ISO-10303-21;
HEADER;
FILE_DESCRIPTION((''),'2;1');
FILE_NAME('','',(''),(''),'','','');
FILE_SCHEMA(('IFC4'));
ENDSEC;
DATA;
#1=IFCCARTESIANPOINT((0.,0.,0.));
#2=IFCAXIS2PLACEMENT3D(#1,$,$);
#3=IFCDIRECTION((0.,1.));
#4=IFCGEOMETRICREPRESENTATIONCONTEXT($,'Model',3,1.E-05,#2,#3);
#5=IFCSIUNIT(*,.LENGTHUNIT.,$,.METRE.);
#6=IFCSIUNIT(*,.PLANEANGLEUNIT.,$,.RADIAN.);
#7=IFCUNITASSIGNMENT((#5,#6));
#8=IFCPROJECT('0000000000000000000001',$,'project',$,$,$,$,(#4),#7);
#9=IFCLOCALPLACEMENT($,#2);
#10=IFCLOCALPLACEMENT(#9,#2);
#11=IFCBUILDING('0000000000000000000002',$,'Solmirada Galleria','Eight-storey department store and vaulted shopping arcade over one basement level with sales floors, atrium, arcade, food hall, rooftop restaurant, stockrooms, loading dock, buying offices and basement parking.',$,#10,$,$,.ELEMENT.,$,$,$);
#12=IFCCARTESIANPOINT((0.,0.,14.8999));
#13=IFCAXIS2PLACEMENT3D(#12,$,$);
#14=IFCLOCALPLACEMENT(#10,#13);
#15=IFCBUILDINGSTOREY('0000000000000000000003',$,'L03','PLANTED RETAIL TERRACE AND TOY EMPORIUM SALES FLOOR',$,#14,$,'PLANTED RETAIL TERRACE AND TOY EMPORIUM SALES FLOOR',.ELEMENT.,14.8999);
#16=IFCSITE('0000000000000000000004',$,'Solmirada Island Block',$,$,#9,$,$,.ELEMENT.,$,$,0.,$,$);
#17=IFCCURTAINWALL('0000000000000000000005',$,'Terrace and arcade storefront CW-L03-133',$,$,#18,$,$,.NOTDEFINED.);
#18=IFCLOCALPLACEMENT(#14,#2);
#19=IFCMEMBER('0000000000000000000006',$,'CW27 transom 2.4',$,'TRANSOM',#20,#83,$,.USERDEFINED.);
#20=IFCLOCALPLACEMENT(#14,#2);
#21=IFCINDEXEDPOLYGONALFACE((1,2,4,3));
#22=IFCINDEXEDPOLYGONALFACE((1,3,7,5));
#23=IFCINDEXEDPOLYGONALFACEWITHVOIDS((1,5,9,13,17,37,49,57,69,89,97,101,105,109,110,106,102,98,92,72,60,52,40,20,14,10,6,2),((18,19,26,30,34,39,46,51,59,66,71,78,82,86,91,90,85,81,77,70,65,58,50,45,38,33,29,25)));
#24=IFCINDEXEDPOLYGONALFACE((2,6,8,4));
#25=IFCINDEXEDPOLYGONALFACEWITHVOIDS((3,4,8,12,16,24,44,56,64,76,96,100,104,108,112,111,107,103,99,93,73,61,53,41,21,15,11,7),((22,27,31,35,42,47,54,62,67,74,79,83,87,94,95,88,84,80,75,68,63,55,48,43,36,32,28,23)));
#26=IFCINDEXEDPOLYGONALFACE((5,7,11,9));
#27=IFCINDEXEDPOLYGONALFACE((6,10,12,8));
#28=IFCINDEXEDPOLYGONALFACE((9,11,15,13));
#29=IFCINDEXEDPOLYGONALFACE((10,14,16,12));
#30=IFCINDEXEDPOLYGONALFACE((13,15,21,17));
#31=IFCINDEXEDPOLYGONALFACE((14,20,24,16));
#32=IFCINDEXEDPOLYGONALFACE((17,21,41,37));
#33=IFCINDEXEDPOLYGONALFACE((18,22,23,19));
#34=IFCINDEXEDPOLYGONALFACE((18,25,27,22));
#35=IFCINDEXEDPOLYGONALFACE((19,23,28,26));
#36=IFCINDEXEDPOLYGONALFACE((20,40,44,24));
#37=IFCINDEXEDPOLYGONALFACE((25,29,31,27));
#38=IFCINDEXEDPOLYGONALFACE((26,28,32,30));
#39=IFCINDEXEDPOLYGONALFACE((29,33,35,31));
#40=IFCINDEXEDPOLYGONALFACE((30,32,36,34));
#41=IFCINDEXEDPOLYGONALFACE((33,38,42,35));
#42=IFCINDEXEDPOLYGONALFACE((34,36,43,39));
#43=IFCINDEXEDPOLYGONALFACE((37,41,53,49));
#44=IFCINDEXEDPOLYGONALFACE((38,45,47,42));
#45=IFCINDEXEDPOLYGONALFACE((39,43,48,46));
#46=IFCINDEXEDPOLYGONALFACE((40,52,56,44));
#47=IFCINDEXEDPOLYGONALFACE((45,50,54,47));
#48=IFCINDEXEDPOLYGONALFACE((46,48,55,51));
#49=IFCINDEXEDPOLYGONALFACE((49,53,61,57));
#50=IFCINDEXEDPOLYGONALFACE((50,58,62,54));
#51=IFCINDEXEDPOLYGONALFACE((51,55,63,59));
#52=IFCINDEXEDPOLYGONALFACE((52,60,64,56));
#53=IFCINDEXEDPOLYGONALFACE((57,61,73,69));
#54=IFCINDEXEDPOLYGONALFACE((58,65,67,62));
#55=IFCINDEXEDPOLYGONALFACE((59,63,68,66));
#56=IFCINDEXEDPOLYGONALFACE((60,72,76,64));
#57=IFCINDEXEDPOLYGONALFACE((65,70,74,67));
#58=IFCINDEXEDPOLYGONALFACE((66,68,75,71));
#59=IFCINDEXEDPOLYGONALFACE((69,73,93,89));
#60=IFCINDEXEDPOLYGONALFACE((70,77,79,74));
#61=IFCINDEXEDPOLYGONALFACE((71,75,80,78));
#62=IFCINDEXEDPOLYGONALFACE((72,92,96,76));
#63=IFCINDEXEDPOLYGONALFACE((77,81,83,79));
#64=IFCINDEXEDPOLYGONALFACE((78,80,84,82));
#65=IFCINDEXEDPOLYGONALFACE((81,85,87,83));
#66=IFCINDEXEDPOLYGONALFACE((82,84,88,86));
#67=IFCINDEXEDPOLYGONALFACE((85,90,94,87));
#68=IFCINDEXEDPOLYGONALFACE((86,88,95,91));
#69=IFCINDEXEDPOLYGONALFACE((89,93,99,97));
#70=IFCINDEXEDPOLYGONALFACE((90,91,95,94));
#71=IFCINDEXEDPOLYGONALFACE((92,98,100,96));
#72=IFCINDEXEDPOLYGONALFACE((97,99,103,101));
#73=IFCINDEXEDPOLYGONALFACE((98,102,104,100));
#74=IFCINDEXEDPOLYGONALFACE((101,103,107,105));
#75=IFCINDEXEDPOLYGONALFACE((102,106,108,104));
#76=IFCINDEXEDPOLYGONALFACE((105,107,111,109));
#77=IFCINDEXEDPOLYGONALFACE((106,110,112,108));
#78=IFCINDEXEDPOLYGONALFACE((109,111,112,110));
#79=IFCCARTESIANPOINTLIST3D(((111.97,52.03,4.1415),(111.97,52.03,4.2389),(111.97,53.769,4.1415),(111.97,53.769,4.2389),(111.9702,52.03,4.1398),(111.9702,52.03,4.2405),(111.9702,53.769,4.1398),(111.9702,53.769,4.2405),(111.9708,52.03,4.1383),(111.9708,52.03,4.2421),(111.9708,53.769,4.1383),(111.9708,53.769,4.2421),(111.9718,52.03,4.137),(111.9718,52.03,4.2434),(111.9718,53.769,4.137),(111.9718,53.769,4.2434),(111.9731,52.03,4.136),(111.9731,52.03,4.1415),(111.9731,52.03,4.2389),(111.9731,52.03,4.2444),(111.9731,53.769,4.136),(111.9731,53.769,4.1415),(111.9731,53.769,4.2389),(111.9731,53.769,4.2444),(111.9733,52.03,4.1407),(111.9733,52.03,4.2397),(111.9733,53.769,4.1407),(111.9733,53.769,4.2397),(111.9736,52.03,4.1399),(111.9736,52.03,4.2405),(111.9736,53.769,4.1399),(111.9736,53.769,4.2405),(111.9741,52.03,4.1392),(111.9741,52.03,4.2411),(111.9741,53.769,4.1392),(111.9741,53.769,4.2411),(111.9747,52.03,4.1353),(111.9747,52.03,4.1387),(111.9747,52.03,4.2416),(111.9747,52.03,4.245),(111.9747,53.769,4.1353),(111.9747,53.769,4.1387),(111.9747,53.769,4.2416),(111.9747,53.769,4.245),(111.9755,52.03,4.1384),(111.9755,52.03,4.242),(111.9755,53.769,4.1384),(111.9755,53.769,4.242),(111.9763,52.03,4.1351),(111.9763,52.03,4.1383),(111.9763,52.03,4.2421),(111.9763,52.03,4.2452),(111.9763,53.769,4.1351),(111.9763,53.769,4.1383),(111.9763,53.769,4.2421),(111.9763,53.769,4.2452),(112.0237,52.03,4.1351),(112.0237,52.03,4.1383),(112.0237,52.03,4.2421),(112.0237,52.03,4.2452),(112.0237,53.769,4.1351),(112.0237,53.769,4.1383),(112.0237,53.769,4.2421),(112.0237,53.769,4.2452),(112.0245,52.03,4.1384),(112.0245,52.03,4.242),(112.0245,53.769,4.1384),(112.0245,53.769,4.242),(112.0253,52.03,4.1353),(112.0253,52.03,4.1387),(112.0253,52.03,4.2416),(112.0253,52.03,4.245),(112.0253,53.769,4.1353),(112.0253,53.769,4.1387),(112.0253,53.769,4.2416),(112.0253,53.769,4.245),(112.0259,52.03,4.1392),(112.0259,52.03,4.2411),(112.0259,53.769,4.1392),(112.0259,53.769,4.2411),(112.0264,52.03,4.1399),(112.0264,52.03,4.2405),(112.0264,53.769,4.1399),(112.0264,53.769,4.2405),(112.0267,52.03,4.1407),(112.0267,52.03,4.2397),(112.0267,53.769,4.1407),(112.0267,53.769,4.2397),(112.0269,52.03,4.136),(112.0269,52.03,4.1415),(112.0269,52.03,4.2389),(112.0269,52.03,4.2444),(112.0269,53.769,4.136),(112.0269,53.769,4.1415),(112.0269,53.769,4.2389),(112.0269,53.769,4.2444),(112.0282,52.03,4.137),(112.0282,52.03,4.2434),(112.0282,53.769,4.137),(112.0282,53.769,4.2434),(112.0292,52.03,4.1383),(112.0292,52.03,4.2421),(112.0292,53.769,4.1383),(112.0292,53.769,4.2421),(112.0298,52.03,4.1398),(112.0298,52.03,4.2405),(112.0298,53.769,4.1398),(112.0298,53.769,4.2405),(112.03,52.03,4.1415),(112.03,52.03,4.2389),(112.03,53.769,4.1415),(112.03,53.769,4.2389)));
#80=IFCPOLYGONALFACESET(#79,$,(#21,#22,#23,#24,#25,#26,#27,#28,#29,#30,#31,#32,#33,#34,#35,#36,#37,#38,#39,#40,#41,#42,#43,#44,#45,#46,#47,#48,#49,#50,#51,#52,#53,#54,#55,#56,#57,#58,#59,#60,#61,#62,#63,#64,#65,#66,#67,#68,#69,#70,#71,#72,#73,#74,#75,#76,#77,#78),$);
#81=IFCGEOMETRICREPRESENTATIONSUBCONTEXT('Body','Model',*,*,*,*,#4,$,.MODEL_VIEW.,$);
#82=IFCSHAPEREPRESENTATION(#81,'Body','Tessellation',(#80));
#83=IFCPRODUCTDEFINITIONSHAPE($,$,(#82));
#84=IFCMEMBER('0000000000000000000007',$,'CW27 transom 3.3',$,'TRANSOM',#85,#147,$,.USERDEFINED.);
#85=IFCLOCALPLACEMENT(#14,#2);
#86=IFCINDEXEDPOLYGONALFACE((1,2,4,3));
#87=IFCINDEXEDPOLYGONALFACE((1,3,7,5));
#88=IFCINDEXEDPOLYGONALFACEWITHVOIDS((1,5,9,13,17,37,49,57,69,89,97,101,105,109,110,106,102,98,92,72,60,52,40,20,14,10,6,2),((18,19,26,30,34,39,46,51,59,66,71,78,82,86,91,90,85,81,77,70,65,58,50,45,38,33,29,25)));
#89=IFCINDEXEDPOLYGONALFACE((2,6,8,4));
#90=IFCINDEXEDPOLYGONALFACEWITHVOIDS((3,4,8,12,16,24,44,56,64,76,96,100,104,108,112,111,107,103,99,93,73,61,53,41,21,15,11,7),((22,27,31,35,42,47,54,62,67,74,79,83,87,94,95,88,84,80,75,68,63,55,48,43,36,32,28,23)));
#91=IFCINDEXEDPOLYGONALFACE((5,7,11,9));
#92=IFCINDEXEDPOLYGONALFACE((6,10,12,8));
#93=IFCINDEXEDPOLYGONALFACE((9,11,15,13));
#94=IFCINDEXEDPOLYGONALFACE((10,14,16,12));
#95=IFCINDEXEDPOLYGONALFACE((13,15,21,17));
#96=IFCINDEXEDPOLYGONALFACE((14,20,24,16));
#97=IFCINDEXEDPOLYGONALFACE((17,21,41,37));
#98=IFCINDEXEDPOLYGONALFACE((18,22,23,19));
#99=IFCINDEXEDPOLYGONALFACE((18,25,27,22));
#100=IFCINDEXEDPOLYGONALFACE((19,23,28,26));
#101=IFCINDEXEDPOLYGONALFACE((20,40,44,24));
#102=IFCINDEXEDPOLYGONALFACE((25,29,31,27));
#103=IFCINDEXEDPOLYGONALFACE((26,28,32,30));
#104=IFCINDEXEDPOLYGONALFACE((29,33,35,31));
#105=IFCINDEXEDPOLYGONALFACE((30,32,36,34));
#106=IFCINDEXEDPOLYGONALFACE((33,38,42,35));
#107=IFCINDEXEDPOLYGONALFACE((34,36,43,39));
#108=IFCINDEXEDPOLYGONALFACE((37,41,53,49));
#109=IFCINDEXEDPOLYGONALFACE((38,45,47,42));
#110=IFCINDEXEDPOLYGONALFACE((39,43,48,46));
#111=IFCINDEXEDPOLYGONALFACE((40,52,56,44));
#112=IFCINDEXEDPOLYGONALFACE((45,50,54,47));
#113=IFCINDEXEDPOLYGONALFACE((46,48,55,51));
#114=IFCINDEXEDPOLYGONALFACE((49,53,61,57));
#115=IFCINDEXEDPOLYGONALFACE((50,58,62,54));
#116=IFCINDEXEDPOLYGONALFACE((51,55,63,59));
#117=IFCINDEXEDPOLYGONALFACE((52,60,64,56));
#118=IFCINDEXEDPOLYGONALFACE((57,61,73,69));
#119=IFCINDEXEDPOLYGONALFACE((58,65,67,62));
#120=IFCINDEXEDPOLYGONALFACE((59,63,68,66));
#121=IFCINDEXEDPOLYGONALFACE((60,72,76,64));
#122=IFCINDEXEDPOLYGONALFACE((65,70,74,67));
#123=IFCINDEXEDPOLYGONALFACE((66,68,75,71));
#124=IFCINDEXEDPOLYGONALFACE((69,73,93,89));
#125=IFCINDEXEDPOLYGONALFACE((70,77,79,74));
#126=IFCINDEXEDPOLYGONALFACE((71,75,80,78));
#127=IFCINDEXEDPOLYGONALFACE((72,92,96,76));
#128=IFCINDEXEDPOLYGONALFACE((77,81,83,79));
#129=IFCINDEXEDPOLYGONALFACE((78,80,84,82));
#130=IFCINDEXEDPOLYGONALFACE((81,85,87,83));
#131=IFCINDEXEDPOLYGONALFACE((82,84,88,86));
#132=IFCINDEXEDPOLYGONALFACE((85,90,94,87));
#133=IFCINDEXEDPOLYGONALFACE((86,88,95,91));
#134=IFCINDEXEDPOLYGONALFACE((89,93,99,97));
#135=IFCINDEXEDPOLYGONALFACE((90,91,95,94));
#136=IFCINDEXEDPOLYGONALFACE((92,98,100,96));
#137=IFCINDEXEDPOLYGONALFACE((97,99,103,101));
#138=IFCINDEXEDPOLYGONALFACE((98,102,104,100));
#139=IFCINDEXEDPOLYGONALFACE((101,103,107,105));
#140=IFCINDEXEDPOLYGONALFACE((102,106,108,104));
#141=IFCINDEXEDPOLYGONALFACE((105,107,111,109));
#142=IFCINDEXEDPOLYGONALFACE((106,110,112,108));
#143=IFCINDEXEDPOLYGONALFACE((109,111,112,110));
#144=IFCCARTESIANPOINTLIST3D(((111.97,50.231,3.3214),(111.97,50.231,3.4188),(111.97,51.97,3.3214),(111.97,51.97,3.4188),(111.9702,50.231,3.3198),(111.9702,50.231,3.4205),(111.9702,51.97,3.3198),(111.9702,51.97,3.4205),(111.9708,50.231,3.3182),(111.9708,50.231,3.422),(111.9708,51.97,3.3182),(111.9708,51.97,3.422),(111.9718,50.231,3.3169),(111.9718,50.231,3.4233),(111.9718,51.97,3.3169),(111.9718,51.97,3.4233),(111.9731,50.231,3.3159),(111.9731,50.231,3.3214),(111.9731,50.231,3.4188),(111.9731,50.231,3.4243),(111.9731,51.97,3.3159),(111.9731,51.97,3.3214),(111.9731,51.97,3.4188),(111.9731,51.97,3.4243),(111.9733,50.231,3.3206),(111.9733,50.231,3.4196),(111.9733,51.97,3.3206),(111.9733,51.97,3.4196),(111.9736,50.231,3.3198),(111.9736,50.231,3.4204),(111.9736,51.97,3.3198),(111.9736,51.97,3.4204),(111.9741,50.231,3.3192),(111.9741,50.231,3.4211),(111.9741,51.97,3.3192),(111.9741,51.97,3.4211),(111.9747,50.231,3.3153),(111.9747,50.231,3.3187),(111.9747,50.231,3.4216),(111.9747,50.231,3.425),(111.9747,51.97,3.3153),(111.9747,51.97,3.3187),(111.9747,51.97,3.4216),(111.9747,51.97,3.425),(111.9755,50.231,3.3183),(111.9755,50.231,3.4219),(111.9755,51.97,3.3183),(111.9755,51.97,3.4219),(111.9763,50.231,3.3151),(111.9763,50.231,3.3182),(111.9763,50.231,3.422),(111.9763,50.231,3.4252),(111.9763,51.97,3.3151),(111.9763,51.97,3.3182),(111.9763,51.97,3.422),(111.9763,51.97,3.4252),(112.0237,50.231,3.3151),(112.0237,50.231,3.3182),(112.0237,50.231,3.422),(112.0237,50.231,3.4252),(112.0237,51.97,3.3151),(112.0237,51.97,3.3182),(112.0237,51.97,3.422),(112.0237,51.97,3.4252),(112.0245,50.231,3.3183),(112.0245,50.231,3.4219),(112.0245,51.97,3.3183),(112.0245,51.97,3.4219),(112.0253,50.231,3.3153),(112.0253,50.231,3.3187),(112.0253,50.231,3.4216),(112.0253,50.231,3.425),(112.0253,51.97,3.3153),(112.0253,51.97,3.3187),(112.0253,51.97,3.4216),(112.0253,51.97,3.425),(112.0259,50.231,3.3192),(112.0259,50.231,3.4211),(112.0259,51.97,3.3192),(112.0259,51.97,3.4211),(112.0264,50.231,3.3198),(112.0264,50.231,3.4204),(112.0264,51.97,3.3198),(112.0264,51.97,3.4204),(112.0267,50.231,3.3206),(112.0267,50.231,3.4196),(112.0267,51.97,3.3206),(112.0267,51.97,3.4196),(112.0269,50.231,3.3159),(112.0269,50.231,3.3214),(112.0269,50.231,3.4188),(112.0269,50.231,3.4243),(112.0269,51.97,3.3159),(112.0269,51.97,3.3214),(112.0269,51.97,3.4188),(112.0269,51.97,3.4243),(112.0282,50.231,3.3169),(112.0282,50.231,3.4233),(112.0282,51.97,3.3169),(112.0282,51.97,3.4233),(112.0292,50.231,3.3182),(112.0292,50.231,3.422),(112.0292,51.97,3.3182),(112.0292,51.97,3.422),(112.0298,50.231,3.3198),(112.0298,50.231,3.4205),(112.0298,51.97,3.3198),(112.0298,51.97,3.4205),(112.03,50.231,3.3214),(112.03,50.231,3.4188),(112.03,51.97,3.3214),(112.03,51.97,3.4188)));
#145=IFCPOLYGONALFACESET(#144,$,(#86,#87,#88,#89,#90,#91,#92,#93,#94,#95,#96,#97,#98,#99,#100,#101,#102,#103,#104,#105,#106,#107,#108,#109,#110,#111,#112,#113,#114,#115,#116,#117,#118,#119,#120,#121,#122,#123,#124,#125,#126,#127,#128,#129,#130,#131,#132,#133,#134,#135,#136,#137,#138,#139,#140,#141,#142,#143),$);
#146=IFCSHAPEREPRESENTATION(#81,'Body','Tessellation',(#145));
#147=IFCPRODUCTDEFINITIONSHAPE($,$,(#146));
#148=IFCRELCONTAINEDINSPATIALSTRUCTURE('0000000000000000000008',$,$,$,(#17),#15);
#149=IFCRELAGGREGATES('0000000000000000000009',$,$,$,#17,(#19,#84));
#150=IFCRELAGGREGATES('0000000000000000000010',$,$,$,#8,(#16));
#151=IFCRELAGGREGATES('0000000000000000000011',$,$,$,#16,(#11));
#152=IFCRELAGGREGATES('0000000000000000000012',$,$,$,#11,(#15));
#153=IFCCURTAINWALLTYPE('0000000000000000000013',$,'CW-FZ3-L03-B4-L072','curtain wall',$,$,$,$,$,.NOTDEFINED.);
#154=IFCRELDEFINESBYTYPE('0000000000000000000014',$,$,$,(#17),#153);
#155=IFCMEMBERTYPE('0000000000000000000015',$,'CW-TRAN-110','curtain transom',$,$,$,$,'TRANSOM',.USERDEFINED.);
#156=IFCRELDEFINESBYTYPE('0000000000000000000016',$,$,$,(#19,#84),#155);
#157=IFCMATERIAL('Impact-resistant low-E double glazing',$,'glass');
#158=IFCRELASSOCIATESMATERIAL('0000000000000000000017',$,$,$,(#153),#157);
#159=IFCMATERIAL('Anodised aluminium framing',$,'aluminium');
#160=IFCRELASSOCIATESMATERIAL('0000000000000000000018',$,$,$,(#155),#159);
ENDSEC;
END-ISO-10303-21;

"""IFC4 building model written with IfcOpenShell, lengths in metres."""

from ifc_helpers import new_model, si_unit, direction, frame, origin, origin_2d, place, context, subcontext, project, spatial, hollow_rectangle, extrude, material, material_profile, profile_set, type_object, element, aggregate, save


model = new_model("IFC4")

# Units and contexts
model_context = context("Model", 3, precision=1e-05, world=origin(), true_north=direction((0.0, 1.0)))
body_context = subcontext(model_context, "Body", "Model", "MODEL_VIEW")
ifc_project = project(units=[si_unit("LENGTHUNIT", "METRE"), si_unit("PLANEANGLEUNIT", "RADIAN")], contexts=[model_context])

# Site, building, storey
site_placement = place(None, origin())
site = spatial("IfcSite", under=ifc_project, at=site_placement, Name="Solmirada Island Block", CompositionType="ELEMENT", RefElevation=0.0)
building_placement = place(site_placement, origin())
building = spatial("IfcBuilding", under=site, at=building_placement, Name="Solmirada Galleria", Description="Eight-storey department store and vaulted shopping arcade over one basement level with sales floors, atrium, arcade, food hall, rooftop restaurant, stockrooms, loading dock, buying offices and basement parking.", CompositionType="ELEMENT")
storey_placement = place(building_placement, frame((0.0, 0.0, 14.8999)))
storey = spatial("IfcBuildingStorey", under=building, at=storey_placement, Name="L03", Description="PLANTED RETAIL TERRACE AND TOY EMPORIUM SALES FLOOR", LongName="PLANTED RETAIL TERRACE AND TOY EMPORIUM SALES FLOOR", CompositionType="ELEMENT", Elevation=14.8999)

# Shared definitions
ifc_material_1 = material(Name="Impact-resistant low-E double glazing", Category="glass")
curtain_wall_type = type_object("IfcCurtainWallType", Name="CW-FZ3-L03-B4-L072", Description="curtain wall", PredefinedType="NOTDEFINED", material=ifc_material_1)
ifc_material_2 = material(Name="Anodised aluminium framing", Category="aluminium")

# Curtain wall, members
curtain_wall_1_placement = place(storey_placement, origin())
curtain_wall_1 = element("IfcCurtainWall", 1, at=curtain_wall_1_placement, inside=storey, type_object=curtain_wall_type, Name="Terrace and arcade storefront CW-L03-133", PredefinedType="NOTDEFINED")
ifc_material_profile_1 = material_profile(ifc_material_2, hollow_rectangle(XDim=0.0601, YDim=0.1101, WallThickness=0.0032, InnerFilletRadius=0.0032, OuterFilletRadius=0.0063, at=origin_2d()), Name="ALU-TRAN-110X60")
ifc_profile_set_1 = profile_set([ifc_material_profile_1], Name="Anodised aluminium framing")
member_type_1 = type_object("IfcMemberType", Name="CW-TRAN-110", Description="curtain transom", ElementType="TRANSOM", PredefinedType="USERDEFINED", material=ifc_profile_set_1)
member_1_placement = place(storey_placement, frame((112.0, 53.769, 4.1902), z_axis=(0.0, -1.0, 0.0), x_axis=(1.0, 0.0, 0.0)))
member_1 = element("IfcMember", 2, at=member_1_placement, type_object=member_type_1, Name="CW27 transom 2.4", ObjectType="TRANSOM", PredefinedType="USERDEFINED", context=body_context, shape_type="SweptSolid", body=[
    extrude(hollow_rectangle(XDim=0.0601, YDim=0.1101, WallThickness=0.0032, InnerFilletRadius=0.0032, OuterFilletRadius=0.0063, at=origin_2d()), origin(), (0.0, 0.0, 1.0), 1.739),
])
member_2_placement = place(storey_placement, frame((112.0, 51.97, 3.3701), z_axis=(0.0, -1.0, 0.0), x_axis=(1.0, 0.0, 0.0)))
member_2 = element("IfcMember", 3, at=member_2_placement, type_object=member_type_1, Name="CW27 transom 3.3", ObjectType="TRANSOM", PredefinedType="USERDEFINED", context=body_context, shape_type="SweptSolid", body=[
    extrude(hollow_rectangle(XDim=0.0601, YDim=0.1101, WallThickness=0.0032, InnerFilletRadius=0.0032, OuterFilletRadius=0.0063, at=origin_2d()), origin(), (0.0, 0.0, 1.0), 1.739),
])

aggregate(curtain_wall_1, [member_1, member_2])

save(model, "model.ifc")
